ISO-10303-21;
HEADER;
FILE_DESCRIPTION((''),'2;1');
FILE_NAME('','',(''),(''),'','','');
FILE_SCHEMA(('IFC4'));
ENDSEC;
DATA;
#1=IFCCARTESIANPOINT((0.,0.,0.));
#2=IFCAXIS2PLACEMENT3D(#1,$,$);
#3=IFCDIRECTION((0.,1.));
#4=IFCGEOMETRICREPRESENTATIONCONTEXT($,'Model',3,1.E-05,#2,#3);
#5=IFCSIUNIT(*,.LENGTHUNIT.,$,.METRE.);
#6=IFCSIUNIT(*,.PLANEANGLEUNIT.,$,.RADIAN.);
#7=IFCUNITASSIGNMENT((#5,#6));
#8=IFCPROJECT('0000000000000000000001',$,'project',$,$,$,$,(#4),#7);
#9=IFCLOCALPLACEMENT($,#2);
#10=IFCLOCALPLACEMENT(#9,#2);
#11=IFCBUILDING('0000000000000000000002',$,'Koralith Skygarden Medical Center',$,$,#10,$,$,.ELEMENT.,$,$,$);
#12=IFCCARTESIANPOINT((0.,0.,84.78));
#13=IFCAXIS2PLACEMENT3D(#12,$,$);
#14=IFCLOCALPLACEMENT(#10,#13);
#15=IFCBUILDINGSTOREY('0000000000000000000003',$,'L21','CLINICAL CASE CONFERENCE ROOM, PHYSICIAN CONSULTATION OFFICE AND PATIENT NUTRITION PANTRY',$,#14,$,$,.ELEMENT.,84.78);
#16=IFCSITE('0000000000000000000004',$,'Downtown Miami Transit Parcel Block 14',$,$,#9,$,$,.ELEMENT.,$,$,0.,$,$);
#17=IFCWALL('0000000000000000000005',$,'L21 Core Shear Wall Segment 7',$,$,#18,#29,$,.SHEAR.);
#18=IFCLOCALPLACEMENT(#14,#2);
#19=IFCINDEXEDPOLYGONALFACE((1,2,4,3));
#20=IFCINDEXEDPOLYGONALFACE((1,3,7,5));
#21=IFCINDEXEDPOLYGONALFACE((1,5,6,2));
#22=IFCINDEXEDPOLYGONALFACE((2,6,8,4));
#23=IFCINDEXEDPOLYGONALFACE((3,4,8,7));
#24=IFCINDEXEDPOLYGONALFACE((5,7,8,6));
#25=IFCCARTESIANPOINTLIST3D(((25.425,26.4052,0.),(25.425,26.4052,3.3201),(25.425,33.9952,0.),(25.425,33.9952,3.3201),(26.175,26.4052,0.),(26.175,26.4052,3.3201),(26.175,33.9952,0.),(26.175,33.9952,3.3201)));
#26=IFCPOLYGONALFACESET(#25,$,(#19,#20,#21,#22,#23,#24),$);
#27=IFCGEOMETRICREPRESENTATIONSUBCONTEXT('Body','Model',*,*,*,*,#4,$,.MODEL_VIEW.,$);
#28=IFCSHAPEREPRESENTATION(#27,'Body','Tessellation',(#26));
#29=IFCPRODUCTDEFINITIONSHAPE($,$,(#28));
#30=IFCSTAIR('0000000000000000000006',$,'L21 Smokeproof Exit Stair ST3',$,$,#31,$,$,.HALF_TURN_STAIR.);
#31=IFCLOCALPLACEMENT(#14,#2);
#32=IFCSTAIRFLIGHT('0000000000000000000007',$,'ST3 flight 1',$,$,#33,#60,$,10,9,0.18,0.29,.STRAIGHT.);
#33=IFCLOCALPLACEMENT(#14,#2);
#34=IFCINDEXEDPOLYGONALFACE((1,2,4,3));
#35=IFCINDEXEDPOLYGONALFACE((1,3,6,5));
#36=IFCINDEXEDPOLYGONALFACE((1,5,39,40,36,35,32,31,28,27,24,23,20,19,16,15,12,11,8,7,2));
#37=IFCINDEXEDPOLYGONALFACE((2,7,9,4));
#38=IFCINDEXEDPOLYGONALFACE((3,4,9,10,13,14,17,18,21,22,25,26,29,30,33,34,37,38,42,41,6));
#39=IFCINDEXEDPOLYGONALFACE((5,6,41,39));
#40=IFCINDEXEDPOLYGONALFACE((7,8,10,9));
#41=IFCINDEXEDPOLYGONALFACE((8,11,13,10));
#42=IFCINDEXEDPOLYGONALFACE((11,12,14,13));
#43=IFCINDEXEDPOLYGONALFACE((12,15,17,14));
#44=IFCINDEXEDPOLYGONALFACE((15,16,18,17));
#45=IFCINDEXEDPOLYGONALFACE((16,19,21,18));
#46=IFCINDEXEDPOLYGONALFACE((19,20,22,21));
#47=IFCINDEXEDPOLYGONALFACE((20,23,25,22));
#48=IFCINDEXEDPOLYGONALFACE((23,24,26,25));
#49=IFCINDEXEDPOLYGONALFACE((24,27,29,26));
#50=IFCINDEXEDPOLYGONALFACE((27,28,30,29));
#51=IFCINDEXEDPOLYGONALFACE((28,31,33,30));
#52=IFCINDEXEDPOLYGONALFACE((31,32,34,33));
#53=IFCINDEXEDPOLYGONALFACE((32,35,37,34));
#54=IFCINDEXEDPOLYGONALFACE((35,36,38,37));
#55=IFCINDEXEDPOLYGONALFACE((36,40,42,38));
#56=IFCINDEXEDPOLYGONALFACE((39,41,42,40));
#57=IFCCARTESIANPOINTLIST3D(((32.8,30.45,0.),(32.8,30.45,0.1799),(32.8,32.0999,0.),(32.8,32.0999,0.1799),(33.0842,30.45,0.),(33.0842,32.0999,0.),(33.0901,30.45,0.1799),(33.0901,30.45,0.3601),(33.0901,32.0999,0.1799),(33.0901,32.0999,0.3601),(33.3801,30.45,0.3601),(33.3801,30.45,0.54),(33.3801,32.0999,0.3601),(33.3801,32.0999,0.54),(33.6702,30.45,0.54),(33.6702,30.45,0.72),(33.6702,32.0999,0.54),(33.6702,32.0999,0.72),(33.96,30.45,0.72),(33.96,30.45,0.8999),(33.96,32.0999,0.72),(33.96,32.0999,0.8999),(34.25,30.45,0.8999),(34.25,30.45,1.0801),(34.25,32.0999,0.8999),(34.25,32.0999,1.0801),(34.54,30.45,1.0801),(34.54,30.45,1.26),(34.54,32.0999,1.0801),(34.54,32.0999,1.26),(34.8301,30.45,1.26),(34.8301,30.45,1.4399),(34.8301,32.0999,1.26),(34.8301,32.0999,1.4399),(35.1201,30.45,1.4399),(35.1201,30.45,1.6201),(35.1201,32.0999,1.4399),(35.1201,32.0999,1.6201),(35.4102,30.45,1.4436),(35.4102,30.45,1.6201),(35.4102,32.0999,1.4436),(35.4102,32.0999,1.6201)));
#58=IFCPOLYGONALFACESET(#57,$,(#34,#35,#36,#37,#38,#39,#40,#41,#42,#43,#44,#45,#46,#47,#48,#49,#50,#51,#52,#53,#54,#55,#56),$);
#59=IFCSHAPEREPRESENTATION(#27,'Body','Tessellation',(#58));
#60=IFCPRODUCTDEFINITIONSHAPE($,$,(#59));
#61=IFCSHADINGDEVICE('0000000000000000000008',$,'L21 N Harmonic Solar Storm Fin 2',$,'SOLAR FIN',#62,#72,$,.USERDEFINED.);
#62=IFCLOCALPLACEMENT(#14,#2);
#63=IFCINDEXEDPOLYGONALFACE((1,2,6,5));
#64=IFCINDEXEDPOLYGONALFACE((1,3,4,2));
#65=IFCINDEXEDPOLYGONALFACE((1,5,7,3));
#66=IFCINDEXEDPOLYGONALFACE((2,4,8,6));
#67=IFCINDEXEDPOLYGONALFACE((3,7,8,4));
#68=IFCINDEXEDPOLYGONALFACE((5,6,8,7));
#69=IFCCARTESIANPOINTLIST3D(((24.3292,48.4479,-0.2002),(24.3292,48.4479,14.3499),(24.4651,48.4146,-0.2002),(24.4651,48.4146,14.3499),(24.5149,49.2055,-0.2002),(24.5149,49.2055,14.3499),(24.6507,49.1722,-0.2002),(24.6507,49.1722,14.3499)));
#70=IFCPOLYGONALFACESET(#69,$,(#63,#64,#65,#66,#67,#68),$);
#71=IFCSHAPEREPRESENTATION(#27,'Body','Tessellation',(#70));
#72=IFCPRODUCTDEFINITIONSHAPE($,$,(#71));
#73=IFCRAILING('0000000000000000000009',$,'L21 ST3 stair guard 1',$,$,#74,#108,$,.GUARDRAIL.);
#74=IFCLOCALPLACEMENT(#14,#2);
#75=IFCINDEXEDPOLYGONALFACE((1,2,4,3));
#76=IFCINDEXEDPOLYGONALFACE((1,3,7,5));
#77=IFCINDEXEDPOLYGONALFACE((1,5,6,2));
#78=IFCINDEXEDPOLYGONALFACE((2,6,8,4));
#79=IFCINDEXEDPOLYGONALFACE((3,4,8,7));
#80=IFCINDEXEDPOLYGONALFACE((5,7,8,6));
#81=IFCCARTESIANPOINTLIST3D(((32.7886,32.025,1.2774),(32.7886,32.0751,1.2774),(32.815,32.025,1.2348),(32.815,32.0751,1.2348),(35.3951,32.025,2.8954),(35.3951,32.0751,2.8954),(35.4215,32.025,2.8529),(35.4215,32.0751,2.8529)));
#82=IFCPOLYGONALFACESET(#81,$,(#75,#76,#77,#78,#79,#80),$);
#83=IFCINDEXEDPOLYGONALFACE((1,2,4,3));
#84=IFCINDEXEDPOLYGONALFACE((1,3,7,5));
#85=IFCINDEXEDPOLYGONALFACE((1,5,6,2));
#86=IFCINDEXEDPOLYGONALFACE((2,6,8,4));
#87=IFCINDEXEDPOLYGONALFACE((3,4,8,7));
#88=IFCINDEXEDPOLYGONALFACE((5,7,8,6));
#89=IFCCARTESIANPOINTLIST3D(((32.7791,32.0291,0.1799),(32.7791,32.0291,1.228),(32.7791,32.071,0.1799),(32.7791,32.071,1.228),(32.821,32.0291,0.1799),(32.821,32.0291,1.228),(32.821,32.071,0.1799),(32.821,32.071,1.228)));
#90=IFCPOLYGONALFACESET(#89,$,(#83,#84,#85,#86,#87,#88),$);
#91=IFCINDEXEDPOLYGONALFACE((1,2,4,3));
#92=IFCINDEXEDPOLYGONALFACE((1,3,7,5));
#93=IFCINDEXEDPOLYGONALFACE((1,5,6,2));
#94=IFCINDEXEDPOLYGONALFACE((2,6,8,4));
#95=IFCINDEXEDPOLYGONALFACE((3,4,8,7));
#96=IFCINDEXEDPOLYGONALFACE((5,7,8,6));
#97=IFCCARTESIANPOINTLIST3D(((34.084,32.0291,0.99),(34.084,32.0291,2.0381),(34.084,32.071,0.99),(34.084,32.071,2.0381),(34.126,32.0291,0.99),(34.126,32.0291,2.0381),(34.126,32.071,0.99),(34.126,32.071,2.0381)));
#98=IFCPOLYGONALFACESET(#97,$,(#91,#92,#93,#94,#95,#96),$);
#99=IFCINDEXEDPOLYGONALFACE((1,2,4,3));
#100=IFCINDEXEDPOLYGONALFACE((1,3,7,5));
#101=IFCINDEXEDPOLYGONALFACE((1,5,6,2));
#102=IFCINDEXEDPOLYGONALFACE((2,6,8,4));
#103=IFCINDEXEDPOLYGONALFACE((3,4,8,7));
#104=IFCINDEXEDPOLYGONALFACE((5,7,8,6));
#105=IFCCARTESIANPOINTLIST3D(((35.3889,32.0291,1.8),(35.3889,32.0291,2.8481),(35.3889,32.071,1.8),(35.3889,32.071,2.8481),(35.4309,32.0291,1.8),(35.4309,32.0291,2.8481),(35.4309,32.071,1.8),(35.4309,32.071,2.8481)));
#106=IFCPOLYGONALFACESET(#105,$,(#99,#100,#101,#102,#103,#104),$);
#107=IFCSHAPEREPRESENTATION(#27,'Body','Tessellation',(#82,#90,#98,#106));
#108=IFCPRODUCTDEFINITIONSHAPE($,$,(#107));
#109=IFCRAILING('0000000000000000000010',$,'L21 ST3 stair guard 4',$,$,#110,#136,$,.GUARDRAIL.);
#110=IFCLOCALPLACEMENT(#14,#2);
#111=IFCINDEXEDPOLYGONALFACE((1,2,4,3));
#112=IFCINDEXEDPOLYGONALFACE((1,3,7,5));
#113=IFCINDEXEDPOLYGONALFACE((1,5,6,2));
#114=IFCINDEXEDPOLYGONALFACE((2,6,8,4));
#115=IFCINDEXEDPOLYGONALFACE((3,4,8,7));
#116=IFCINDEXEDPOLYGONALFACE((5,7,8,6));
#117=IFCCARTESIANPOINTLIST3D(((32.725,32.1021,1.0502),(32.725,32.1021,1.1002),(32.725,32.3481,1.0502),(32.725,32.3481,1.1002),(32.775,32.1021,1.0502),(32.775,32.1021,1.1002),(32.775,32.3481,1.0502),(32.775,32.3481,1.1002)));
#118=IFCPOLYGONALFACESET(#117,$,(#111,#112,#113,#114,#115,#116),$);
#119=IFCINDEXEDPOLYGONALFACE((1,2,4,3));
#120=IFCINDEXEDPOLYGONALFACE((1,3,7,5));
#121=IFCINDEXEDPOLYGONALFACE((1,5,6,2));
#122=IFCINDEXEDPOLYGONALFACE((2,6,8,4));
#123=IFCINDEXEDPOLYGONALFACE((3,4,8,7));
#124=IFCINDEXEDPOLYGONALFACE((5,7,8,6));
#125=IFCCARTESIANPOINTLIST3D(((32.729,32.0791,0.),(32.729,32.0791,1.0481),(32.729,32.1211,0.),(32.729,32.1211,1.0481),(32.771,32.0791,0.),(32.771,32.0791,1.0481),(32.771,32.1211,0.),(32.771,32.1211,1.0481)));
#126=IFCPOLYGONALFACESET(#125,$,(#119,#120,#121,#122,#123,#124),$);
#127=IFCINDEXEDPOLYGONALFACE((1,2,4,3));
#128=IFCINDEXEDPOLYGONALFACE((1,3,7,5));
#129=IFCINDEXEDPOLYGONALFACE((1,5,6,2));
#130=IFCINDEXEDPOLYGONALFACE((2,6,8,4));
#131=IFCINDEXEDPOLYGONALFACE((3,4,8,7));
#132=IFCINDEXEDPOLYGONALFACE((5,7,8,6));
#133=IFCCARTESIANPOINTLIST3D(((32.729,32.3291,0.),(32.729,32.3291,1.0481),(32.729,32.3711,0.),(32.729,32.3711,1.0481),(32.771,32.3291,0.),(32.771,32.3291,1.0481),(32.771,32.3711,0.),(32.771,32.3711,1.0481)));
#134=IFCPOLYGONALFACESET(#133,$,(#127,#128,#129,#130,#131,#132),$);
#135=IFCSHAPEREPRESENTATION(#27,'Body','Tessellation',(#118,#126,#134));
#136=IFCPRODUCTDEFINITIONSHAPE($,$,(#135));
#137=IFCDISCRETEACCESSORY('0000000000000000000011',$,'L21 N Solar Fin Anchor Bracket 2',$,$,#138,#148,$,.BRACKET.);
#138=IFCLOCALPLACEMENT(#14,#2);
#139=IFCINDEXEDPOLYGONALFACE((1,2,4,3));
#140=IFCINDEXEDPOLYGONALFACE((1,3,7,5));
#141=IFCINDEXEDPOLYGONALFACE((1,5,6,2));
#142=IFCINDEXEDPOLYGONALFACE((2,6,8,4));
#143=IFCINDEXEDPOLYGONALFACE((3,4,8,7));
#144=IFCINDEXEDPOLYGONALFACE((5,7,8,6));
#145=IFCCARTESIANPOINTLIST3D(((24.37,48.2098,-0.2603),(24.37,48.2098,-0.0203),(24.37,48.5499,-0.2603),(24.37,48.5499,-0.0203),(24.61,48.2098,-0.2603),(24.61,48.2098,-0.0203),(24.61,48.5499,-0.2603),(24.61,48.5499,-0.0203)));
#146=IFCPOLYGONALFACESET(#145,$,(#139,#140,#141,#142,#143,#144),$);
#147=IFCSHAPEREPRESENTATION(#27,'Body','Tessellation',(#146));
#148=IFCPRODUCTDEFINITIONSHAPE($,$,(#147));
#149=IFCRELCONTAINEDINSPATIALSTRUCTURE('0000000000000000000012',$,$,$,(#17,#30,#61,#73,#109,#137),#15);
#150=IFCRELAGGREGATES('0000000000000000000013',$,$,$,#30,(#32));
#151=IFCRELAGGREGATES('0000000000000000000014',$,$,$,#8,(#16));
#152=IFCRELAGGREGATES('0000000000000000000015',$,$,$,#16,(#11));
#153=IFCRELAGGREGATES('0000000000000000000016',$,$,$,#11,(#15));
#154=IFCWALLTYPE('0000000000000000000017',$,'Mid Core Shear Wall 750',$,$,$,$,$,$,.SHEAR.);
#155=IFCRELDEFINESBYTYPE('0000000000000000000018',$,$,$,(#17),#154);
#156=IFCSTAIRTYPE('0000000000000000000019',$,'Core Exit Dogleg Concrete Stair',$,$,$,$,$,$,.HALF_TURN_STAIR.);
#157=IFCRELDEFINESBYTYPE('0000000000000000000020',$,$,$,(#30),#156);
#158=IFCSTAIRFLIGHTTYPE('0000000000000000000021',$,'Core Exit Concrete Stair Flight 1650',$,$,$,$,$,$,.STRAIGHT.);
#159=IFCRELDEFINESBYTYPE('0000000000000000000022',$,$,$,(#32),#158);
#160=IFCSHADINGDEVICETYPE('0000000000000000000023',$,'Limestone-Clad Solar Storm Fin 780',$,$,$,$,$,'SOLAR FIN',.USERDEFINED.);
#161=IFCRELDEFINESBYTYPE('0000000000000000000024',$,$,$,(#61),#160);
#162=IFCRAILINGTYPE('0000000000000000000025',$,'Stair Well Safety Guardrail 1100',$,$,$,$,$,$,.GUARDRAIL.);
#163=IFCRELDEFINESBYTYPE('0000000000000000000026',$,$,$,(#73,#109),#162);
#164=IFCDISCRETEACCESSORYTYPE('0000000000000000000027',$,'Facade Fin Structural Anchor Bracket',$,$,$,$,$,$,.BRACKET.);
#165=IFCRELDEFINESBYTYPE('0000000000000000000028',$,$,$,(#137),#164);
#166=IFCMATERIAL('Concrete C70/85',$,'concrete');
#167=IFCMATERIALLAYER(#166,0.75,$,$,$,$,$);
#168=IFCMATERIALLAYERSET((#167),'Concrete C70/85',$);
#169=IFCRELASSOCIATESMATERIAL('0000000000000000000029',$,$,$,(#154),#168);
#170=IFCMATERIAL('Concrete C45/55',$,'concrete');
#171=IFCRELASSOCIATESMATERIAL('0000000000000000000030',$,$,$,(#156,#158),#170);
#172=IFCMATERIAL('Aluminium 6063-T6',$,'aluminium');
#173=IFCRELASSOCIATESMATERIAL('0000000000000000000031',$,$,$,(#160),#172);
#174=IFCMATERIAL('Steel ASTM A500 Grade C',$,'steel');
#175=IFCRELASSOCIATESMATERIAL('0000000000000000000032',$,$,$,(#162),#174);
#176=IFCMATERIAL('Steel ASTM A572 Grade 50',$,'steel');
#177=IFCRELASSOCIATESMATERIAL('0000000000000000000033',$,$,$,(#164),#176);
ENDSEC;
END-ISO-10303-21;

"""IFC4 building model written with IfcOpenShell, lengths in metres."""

from ifc_helpers import new_model, si_unit, direction, frame, frame_2d, origin, origin_2d, place, context, subcontext, project, spatial, polyline, rectangle, outline, extrude, material, layer, layer_set, type_object, element, aggregate, save


model = new_model("IFC4")

# Units and contexts
model_context = context("Model", 3, precision=1e-05, world=origin(), true_north=direction((0.0, 1.0)))
body_context = subcontext(model_context, "Body", "Model", "MODEL_VIEW")
ifc_project = project(units=[si_unit("LENGTHUNIT", "METRE"), si_unit("PLANEANGLEUNIT", "RADIAN")], contexts=[model_context])

# Site, building, storey
site_placement = place(None, origin())
site = spatial("IfcSite", under=ifc_project, at=site_placement, Name="Downtown Miami Transit Parcel Block 14", CompositionType="ELEMENT", RefElevation=0.0)
building_placement = place(site_placement, origin())
building = spatial("IfcBuilding", under=site, at=building_placement, Name="Koralith Skygarden Medical Center", CompositionType="ELEMENT")
storey_placement = place(building_placement, frame((0.0, 0.0, 84.78)))
storey = spatial("IfcBuildingStorey", under=building, at=storey_placement, Name="L21", Description="CLINICAL CASE CONFERENCE ROOM, PHYSICIAN CONSULTATION OFFICE AND PATIENT NUTRITION PANTRY", CompositionType="ELEMENT", Elevation=84.78)

# Shared definitions
ifc_material_1 = material(Name="Concrete C70/85", Category="concrete")

# Shared definitions
ifc_material_2 = material(Name="Aluminium 6063-T6", Category="aluminium")

# Shared definitions
ifc_material_3 = material(Name="Concrete C45/55", Category="concrete")

# Wall
ifc_layer_1 = layer(ifc_material_1, 0.75)
ifc_layer_set_1 = layer_set([ifc_layer_1], Name="Concrete C70/85")
wall_type_1 = type_object("IfcWallType", Name="Mid Core Shear Wall 750", PredefinedType="SHEAR", material=ifc_layer_set_1)
wall_1_placement = place(storey_placement, frame((25.8, 33.9951, 0.0), z_axis=(0.0, 0.0, 1.0), x_axis=(0.0, -1.0, 0.0)))
element("IfcWall", 1, at=wall_1_placement, inside=storey, type_object=wall_type_1, Name="L21 Core Shear Wall Segment 7", PredefinedType="SHEAR", context=body_context, shape_type="SweptSolid", body=[
    extrude(rectangle(XDim=7.5901, YDim=0.75, at=frame_2d((3.7949, 0.0))), origin(), (0.0, 0.0, 1.0), 3.3201),
])

# Stair, stair flight
stair_type = type_object("IfcStairType", Name="Core Exit Dogleg Concrete Stair", PredefinedType="HALF_TURN_STAIR", material=ifc_material_3)
stair_placement = place(storey_placement, origin())
stair = element("IfcStair", 2, at=stair_placement, inside=storey, type_object=stair_type, Name="L21 Smokeproof Exit Stair ST3", PredefinedType="HALF_TURN_STAIR")
stair_flight_type = type_object("IfcStairFlightType", Name="Core Exit Concrete Stair Flight 1650", PredefinedType="STRAIGHT", material=ifc_material_3)
stair_flight_placement = place(storey_placement, frame((32.8, 31.2749, 0.0), z_axis=(0.0, 0.0, 1.0), x_axis=(1.0, 0.0, 0.0)))
stair_flight = element("IfcStairFlight", 3, at=stair_flight_placement, type_object=stair_flight_type, Name="ST3 flight 1", NumberOfRisers=10, NumberOfTreads=9, PredefinedType="STRAIGHT", RiserHeight=0.18, TreadLength=0.29, context=body_context, shape_type="SweptSolid", body=[
    extrude(outline(polyline([(0.0, 0.0), (0.0, 0.1799), (0.29, 0.1799), (0.29, 0.3601), (0.5801, 0.3601), (0.5801, 0.54), (0.8701, 0.54), (0.8701, 0.72), (1.1599, 0.72), (1.1599, 0.8999), (1.45, 0.8999), (1.45, 1.0801), (1.74, 1.0801), (1.74, 1.26), (2.03, 1.26), (2.03, 1.4399), (2.3201, 1.4399), (2.3201, 1.6201), (2.6101, 1.6201), (2.6101, 1.8), (2.6101, 1.4436), (0.2842, 0.0), (0.0, 0.0)])), frame((0.0, 0.825, 0.0), z_axis=(0.0, -1.0, 0.0), x_axis=(1.0, 0.0, 0.0)), (0.0, 0.0, 1.0), 1.6499),
])
aggregate(stair, [stair_flight])

# Shading device
shading_device_type = type_object("IfcShadingDeviceType", Name="Limestone-Clad Solar Storm Fin 780", ElementType="SOLAR FIN", PredefinedType="USERDEFINED", material=ifc_material_2)
shading_device_placement = place(storey_placement, frame((24.49, 48.8101, -0.2002), z_axis=(0.0, 0.0, 1.0), x_axis=(0.237974, 0.971272, 0.0)))
element("IfcShadingDevice", 4, at=shading_device_placement, inside=storey, type_object=shading_device_type, Name="L21 N Harmonic Solar Storm Fin 2", ObjectType="SOLAR FIN", PredefinedType="USERDEFINED", context=body_context, shape_type="SweptSolid", body=[
    extrude(rectangle(XDim=0.78, YDim=0.1399, at=origin_2d()), origin(), (0.0, 0.0, 1.0), 14.55),
])

# Railings
ifc_material_4 = material(Name="Steel ASTM A500 Grade C", Category="steel")
railing_type = type_object("IfcRailingType", Name="Stair Well Safety Guardrail 1100", PredefinedType="GUARDRAIL", material=ifc_material_4)
railing_1_placement = place(storey_placement, frame((32.8, 32.05, 0.1799)))
element("IfcRailing", 5, at=railing_1_placement, inside=storey, type_object=railing_type, Name="L21 ST3 stair guard 1", PredefinedType="GUARDRAIL", context=body_context, shape_type="SweptSolid", body=[
    extrude(rectangle(XDim=0.05, YDim=0.05, at=origin_2d()), frame((0.0017, 0.0, 1.0762), z_axis=(0.849611, 0.0, 0.52741), x_axis=(0.0, 1.0, 0.0)), (0.0, 0.0, 1.0), 3.0679),
    extrude(rectangle(XDim=0.042, YDim=0.042, at=origin_2d()), origin(), (0.0, 0.0, 1.0), 1.0481),
    extrude(rectangle(XDim=0.042, YDim=0.042, at=origin_2d()), frame((1.3049, 0.0, 0.8101)), (0.0, 0.0, 1.0), 1.0481),
    extrude(rectangle(XDim=0.042, YDim=0.042, at=origin_2d()), frame((2.6099, 0.0, 1.6201)), (0.0, 0.0, 1.0), 1.0481),
])
railing_2_placement = place(storey_placement, frame((32.75, 32.1001, 0.0)))
element("IfcRailing", 6, at=railing_2_placement, inside=storey, type_object=railing_type, Name="L21 ST3 stair guard 4", PredefinedType="GUARDRAIL", context=body_context, shape_type="SweptSolid", body=[
    extrude(rectangle(XDim=0.05, YDim=0.05, at=origin_2d()), frame((0.0, 0.002, 1.0752), z_axis=(0.0, 1.0, 0.0), x_axis=(-1.0, 0.0, 0.0)), (0.0, 0.0, 1.0), 0.2461),
    extrude(rectangle(XDim=0.042, YDim=0.042, at=origin_2d()), origin(), (0.0, 0.0, 1.0), 1.0481),
    extrude(rectangle(XDim=0.042, YDim=0.042, at=origin_2d()), frame((0.0, 0.25, 0.0)), (0.0, 0.0, 1.0), 1.0481),
])

# Discrete accessory
ifc_material_5 = material(Name="Steel ASTM A572 Grade 50", Category="steel")
discrete_accessory_type = type_object("IfcDiscreteAccessoryType", Name="Facade Fin Structural Anchor Bracket", PredefinedType="BRACKET", material=ifc_material_5)
discrete_accessory_placement = place(storey_placement, frame((24.49, 48.3799, -0.2603), z_axis=(0.0, 0.0, 1.0), x_axis=(0.0, 1.0, 0.0)))
element("IfcDiscreteAccessory", 7, at=discrete_accessory_placement, inside=storey, type_object=discrete_accessory_type, Name="L21 N Solar Fin Anchor Bracket 2", PredefinedType="BRACKET", context=body_context, shape_type="SweptSolid", body=[
    extrude(rectangle(XDim=0.3401, YDim=0.24, at=origin_2d()), origin(), (0.0, 0.0, 1.0), 0.24),
])

save(model, "model.ifc")
